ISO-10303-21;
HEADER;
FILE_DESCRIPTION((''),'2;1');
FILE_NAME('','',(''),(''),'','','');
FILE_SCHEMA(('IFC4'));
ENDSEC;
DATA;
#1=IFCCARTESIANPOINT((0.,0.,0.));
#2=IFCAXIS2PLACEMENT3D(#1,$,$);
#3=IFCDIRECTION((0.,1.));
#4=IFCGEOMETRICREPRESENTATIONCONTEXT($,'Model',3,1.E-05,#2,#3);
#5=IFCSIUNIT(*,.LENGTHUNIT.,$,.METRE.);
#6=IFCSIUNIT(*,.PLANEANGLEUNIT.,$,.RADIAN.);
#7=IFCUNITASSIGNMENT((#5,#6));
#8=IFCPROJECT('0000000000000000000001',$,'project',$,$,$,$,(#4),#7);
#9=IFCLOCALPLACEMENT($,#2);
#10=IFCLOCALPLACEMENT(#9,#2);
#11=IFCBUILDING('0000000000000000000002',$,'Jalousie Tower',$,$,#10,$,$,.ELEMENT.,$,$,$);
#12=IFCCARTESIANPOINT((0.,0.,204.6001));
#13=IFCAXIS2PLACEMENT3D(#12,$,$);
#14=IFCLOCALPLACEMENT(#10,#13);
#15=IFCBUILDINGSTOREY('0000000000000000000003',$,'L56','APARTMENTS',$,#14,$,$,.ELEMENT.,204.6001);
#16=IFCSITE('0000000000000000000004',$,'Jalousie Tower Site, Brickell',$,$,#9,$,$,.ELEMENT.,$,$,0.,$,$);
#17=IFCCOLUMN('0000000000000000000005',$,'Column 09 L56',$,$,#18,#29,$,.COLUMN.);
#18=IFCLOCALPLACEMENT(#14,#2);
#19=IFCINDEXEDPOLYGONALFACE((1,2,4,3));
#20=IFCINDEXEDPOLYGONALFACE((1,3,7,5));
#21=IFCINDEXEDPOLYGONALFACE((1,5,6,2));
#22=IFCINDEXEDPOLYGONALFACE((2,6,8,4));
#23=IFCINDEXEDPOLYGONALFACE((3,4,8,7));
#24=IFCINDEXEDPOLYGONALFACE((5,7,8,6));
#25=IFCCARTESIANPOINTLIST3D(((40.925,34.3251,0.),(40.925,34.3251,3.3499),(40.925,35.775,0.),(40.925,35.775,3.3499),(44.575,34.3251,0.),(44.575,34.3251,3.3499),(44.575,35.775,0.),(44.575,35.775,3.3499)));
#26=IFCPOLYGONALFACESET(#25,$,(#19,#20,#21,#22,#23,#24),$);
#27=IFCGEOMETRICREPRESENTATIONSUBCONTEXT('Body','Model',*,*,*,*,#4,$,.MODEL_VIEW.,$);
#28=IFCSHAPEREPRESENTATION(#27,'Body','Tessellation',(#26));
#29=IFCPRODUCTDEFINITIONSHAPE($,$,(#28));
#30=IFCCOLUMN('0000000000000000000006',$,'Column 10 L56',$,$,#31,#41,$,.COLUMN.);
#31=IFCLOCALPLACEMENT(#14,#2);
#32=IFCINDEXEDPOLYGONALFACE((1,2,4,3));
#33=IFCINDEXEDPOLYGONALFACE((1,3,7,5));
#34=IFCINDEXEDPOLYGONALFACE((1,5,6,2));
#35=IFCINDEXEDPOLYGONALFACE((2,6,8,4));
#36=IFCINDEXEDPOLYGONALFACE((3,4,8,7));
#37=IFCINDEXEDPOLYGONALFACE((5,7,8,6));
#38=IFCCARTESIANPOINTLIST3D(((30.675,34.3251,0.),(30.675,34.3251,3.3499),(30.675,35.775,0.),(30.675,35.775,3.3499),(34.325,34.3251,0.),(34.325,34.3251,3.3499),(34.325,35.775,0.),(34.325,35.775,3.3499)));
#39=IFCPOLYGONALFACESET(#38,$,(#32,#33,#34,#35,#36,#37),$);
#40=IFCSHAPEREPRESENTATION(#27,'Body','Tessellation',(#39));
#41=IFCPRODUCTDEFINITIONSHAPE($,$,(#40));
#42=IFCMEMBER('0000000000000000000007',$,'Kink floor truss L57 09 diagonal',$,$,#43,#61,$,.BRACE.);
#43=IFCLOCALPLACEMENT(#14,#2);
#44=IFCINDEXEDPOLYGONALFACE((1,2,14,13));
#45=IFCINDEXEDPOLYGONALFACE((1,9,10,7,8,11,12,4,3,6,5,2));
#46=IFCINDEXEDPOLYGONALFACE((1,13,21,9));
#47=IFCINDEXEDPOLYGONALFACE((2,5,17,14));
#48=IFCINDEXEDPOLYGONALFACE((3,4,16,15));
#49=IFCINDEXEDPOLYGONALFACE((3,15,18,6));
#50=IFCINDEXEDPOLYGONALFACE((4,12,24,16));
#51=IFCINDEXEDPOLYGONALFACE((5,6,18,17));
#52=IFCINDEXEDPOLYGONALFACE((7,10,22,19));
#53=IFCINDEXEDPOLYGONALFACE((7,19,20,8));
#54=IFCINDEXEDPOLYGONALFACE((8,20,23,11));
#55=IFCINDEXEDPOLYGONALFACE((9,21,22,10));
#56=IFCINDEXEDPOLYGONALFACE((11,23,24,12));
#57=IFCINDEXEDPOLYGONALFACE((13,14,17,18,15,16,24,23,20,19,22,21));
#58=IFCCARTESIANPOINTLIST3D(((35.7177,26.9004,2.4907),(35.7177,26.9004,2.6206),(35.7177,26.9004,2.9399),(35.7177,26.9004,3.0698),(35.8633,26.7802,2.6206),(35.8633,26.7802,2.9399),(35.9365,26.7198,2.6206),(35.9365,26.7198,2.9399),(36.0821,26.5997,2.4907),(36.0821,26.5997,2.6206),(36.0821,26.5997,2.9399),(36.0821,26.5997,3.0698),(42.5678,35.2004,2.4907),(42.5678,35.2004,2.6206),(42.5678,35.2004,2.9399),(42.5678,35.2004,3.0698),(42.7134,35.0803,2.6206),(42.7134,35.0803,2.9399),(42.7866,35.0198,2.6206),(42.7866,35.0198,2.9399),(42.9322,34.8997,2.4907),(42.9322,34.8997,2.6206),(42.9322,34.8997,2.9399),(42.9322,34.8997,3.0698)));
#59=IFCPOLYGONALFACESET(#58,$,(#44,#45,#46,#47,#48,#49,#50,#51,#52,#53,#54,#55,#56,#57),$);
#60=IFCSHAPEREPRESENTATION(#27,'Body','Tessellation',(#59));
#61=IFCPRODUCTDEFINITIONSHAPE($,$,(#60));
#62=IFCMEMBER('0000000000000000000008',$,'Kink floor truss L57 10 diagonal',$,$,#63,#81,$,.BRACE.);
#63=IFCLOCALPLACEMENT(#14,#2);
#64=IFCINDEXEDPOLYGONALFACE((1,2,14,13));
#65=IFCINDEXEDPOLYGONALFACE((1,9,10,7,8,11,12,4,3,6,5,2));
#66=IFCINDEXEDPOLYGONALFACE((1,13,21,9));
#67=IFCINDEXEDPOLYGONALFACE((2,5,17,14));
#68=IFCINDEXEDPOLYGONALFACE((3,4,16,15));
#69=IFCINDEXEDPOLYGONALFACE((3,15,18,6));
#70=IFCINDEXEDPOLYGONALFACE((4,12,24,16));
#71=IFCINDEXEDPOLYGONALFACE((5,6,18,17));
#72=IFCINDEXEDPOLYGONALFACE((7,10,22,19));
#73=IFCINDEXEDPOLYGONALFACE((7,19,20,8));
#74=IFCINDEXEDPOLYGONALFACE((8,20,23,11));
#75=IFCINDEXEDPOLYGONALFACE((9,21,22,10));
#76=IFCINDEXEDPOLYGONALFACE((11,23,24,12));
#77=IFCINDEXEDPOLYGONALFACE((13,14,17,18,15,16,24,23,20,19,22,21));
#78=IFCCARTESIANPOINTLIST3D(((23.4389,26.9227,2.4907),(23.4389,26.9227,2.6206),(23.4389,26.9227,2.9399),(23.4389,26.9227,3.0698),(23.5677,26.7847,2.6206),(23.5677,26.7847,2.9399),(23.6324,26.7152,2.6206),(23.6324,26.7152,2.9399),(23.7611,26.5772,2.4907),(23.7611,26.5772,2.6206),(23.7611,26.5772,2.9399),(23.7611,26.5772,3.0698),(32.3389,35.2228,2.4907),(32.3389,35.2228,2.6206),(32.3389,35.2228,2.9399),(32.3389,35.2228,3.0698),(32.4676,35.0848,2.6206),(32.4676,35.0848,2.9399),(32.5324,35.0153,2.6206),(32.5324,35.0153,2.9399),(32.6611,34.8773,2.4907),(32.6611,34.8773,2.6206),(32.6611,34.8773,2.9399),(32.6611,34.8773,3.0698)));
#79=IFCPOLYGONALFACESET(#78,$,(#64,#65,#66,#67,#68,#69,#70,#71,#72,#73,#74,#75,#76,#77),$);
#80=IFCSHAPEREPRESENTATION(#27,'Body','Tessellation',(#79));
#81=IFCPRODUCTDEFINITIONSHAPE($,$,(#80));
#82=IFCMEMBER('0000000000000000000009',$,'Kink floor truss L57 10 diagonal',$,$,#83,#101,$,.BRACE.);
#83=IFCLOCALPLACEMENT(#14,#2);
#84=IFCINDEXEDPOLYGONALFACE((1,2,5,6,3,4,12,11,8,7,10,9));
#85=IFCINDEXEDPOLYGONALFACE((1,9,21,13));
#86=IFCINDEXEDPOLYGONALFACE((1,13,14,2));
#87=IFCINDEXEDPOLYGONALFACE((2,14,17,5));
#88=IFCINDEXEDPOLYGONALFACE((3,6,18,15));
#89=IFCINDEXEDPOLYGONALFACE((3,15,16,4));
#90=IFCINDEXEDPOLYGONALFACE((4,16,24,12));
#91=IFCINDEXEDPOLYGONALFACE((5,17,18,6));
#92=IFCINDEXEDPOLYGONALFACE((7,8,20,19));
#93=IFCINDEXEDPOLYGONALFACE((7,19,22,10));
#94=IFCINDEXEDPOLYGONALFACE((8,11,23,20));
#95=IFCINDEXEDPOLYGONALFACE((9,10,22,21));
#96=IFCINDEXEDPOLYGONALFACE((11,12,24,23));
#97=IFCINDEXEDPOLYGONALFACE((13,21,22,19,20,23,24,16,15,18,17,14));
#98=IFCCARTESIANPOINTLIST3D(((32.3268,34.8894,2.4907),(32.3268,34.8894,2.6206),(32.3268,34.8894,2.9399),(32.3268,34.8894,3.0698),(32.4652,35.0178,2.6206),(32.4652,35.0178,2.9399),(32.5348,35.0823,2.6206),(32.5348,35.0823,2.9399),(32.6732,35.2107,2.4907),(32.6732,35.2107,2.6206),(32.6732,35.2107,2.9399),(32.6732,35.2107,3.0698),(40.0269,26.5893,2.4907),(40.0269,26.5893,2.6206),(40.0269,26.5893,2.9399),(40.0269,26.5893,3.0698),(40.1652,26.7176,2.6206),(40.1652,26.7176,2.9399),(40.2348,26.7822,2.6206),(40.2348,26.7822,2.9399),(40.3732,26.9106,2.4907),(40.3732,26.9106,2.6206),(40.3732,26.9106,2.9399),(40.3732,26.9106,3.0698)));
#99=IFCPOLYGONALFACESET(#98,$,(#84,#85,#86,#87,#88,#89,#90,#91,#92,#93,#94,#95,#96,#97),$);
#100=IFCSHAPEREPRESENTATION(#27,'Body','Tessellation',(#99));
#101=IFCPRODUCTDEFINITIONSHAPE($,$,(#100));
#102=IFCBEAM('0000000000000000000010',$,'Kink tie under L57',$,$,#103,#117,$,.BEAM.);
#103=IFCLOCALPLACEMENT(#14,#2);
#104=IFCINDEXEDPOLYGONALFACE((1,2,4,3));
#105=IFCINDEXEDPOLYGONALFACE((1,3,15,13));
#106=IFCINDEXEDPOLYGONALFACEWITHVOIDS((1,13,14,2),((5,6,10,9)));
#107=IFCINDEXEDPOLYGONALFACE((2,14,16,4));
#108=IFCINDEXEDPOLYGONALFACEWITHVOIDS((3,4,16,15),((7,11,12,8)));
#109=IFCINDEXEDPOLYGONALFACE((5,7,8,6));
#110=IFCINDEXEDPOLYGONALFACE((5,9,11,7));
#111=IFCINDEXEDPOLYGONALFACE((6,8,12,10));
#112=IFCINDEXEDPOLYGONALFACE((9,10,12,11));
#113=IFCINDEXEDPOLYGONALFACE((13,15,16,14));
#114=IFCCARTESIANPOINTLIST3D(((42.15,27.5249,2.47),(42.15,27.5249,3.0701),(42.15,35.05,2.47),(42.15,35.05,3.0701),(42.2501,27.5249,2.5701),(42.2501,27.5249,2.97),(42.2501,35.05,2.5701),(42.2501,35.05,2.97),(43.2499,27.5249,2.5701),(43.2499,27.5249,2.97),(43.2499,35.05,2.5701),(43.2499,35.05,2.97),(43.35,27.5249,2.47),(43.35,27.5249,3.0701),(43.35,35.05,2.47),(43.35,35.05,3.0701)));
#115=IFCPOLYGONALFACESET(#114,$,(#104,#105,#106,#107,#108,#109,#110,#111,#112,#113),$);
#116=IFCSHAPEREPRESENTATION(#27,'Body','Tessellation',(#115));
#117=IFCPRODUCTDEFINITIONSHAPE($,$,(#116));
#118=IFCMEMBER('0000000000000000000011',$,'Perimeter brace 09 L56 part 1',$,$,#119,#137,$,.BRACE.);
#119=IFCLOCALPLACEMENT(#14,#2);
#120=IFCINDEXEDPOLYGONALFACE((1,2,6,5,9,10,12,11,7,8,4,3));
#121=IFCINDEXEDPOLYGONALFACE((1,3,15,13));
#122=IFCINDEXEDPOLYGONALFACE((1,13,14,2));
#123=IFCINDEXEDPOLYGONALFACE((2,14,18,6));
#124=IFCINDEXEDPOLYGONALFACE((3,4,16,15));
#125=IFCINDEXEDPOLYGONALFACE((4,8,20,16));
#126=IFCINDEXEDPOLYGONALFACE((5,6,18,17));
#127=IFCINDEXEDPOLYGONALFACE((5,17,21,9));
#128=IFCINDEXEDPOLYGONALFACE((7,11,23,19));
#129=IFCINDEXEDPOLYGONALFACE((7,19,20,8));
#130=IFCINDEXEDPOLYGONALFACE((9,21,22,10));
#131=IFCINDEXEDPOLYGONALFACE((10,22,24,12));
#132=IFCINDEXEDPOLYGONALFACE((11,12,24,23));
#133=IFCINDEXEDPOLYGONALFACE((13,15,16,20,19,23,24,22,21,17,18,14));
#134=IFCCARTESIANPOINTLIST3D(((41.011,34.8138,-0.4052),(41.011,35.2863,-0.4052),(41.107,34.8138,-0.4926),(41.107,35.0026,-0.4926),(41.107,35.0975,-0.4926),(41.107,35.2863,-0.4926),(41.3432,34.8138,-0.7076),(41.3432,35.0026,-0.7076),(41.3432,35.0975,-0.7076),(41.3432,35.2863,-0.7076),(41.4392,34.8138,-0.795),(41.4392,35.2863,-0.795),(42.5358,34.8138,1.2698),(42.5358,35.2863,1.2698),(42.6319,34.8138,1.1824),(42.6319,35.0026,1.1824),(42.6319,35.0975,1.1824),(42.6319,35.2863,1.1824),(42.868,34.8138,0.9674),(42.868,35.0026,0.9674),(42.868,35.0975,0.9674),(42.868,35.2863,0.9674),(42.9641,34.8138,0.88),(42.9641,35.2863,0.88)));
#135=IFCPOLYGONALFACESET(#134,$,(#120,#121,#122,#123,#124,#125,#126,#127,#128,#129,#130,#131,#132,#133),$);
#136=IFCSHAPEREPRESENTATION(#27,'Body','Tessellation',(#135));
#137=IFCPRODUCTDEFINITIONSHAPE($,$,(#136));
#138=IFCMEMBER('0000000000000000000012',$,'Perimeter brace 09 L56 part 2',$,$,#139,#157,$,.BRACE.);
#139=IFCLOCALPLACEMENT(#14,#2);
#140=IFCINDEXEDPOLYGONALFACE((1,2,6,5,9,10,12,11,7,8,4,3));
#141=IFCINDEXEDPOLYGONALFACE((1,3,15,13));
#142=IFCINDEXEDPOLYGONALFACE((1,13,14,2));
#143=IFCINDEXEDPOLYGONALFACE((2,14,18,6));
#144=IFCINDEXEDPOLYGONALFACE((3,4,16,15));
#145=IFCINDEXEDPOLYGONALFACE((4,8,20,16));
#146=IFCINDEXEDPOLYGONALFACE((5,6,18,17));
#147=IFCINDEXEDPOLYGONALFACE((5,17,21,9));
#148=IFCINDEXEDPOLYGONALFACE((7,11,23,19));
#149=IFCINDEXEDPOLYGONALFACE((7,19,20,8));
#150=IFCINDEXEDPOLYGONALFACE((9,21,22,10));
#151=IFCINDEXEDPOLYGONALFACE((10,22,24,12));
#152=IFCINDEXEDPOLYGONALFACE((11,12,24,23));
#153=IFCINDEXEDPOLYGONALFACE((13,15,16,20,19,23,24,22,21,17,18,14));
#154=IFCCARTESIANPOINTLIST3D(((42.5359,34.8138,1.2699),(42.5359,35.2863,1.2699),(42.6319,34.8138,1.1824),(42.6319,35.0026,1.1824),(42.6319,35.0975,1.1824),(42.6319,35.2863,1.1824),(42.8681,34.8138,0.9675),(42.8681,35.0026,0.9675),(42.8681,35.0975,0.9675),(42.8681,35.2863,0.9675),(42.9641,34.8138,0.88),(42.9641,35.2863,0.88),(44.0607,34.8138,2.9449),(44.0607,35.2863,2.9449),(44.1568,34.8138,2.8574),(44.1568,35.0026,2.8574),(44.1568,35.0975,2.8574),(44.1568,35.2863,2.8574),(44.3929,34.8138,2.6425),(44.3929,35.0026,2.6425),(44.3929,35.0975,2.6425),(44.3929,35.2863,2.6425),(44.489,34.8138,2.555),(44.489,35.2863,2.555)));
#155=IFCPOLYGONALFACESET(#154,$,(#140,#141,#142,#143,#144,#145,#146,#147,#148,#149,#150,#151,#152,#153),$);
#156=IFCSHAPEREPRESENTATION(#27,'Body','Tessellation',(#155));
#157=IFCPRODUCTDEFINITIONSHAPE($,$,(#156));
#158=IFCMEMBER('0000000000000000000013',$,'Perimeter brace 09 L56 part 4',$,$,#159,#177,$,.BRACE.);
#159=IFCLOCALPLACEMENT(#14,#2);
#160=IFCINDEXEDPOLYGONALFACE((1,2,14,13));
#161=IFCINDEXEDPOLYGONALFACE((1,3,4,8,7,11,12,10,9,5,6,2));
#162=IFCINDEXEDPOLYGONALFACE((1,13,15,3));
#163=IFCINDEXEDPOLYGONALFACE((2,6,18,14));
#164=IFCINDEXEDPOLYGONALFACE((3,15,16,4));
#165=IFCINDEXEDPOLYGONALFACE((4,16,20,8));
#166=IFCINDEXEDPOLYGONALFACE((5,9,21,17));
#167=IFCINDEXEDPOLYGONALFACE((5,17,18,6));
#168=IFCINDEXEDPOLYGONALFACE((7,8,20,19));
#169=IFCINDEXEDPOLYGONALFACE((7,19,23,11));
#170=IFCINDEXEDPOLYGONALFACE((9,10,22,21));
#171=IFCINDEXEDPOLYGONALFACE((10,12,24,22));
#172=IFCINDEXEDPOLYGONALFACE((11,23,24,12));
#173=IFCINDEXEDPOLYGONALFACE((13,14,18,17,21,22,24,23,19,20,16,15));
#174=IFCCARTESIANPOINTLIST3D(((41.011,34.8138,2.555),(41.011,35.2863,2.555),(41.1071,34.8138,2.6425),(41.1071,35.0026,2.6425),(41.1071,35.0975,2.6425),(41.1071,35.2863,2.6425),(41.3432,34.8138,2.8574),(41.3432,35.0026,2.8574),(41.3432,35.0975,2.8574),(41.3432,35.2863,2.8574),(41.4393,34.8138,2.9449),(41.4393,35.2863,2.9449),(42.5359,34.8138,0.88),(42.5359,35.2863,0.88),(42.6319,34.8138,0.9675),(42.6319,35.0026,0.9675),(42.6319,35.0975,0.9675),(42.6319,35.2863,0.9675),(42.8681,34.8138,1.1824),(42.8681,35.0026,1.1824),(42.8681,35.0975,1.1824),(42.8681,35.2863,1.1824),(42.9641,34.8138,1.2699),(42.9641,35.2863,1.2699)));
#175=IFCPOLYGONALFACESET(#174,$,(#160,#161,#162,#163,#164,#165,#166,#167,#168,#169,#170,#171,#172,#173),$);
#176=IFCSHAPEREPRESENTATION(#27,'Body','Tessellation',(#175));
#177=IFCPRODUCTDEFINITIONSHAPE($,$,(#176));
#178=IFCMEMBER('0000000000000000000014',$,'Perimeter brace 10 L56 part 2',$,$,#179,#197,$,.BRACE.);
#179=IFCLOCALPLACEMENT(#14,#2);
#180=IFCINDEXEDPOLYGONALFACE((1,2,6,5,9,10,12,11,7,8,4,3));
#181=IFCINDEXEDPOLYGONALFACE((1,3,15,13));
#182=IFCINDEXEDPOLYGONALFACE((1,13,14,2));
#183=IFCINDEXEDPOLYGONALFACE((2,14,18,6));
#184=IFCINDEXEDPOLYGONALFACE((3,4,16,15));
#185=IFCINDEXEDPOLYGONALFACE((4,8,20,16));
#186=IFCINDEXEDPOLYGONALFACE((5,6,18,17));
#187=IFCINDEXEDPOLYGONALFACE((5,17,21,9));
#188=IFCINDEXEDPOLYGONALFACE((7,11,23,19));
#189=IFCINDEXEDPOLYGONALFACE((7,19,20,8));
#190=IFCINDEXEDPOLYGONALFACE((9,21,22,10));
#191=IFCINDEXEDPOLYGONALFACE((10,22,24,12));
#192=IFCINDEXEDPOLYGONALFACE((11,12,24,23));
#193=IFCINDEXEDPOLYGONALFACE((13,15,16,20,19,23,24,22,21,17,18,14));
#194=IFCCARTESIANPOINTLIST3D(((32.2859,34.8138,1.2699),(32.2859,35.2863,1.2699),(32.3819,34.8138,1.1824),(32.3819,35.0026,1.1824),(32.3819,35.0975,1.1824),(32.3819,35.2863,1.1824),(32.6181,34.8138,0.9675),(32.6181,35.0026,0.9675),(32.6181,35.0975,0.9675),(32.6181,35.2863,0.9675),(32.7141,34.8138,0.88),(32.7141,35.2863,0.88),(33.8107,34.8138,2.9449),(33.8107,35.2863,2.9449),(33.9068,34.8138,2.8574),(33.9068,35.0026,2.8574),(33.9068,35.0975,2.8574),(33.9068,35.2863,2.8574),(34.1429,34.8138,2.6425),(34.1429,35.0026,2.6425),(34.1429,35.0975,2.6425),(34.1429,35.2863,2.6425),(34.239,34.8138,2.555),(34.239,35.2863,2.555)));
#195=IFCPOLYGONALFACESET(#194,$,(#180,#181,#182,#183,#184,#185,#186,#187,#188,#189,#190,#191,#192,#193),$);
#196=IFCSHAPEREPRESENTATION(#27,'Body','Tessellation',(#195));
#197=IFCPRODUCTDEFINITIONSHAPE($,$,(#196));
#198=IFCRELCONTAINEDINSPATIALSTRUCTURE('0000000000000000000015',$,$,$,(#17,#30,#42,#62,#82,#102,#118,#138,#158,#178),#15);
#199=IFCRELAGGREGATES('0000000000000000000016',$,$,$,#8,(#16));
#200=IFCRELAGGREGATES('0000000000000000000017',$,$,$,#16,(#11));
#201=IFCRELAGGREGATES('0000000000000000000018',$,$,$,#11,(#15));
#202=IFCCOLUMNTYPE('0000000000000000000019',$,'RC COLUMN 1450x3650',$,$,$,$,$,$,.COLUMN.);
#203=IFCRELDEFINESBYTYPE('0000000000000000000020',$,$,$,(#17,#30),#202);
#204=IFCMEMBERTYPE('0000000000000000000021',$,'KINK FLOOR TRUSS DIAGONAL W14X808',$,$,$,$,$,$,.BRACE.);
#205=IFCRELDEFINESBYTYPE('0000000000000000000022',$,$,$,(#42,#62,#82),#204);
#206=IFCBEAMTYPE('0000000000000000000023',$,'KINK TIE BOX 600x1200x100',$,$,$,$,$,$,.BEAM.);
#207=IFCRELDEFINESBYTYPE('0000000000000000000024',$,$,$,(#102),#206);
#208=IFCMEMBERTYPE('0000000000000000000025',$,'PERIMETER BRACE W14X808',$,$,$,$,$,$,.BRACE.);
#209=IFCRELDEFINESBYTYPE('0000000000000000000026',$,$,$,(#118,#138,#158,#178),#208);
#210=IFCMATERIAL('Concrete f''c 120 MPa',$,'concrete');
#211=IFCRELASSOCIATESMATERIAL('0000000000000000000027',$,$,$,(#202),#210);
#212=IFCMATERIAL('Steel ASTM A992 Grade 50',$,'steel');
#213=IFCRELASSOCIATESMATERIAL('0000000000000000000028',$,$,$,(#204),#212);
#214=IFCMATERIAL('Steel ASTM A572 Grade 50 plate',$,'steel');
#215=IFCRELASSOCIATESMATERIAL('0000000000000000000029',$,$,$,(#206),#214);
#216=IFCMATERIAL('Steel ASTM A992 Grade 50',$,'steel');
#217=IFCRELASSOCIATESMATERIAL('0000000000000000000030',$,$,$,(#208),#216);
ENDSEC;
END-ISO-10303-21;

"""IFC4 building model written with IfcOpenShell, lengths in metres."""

from ifc_helpers import new_model, si_unit, direction, frame, origin, origin_2d, place, context, subcontext, project, spatial, rectangle, hollow_rectangle, i_section, extrude, material, material_profile, profile_set, type_object, element, save


model = new_model("IFC4")

# Units and contexts
model_context = context("Model", 3, precision=1e-05, world=origin(), true_north=direction((0.0, 1.0)))
body_context = subcontext(model_context, "Body", "Model", "MODEL_VIEW")
ifc_project = project(units=[si_unit("LENGTHUNIT", "METRE"), si_unit("PLANEANGLEUNIT", "RADIAN")], contexts=[model_context])

# Site, building, storey
site_placement = place(None, origin())
site = spatial("IfcSite", under=ifc_project, at=site_placement, Name="Jalousie Tower Site, Brickell", CompositionType="ELEMENT", RefElevation=0.0)
building_placement = place(site_placement, origin())
building = spatial("IfcBuilding", under=site, at=building_placement, Name="Jalousie Tower", CompositionType="ELEMENT")
storey_placement = place(building_placement, frame((0.0, 0.0, 204.6001)))
storey = spatial("IfcBuildingStorey", under=building, at=storey_placement, Name="L56", Description="APARTMENTS", CompositionType="ELEMENT", Elevation=204.6001)

# Columns
ifc_material_1 = material(Name="Concrete f'c 120 MPa", Category="concrete")
ifc_material_profile_1 = material_profile(ifc_material_1, rectangle(XDim=1.45, YDim=3.6499, at=origin_2d()), Name="RC 1450x3650")
ifc_profile_set_1 = profile_set([ifc_material_profile_1], Name="Concrete f'c 120 MPa")
column_type = type_object("IfcColumnType", Name="RC COLUMN 1450x3650", PredefinedType="COLUMN", material=ifc_profile_set_1)
for number, where, z_axis, x_axis, name in (
    (1, (42.75, 35.05, 0.0), (0.0, 0.0, 1.0), (0.0, 1.0, 0.0), "Column 09 L56"),
    (2, (32.5, 35.05, 0.0), (0.0, 0.0, 1.0), (0.0, 1.0, 0.0), "Column 10 L56"),
):
    element("IfcColumn", number, at=place(storey_placement, frame(where, z_axis=z_axis, x_axis=x_axis)), inside=storey, type_object=column_type, Name=name, PredefinedType="COLUMN", context=body_context, shape_type="SweptSolid", body=[
        extrude(rectangle(XDim=1.45, YDim=3.6499, at=origin_2d()), origin(), (0.0, 0.0, 1.0), 3.3499),
    ])

# Members
ifc_material_2 = material(Name="Steel ASTM A992 Grade 50", Category="steel")
ifc_material_profile_2 = material_profile(ifc_material_2, i_section(OverallWidth=0.4724, OverallDepth=0.5791, WebThickness=0.095, FlangeThickness=0.1299, at=origin_2d()), Name="W14X808")
ifc_profile_set_2 = profile_set([ifc_material_profile_2], Name="Steel ASTM A992 Grade 50")
member_type_1 = type_object("IfcMemberType", Name="KINK FLOOR TRUSS DIAGONAL W14X808", PredefinedType="BRACE", material=ifc_profile_set_2)
member_1_placement = place(storey_placement, frame((42.75, 35.05, 2.7803), z_axis=(-0.636524, -0.771257, 0.0), x_axis=(0.771257, -0.636524, 0.0)))
element("IfcMember", 3, at=member_1_placement, inside=storey, type_object=member_type_1, Name="Kink floor truss L57 09 diagonal", PredefinedType="BRACE", context=body_context, shape_type="SweptSolid", body=[
    extrude(i_section(OverallWidth=0.4724, OverallDepth=0.5791, WebThickness=0.095, FlangeThickness=0.1299, at=origin_2d()), origin(), (0.0, 0.0, 1.0), 10.7617),
])
member_2_placement = place(storey_placement, frame((32.5, 35.05, 2.7803), z_axis=(-0.731323, -0.682032, 0.0), x_axis=(0.682032, -0.731323, 0.0)))
element("IfcMember", 4, at=member_2_placement, inside=storey, type_object=member_type_1, Name="Kink floor truss L57 10 diagonal", PredefinedType="BRACE", context=body_context, shape_type="SweptSolid", body=[
    extrude(i_section(OverallWidth=0.4724, OverallDepth=0.5791, WebThickness=0.095, FlangeThickness=0.1299, at=origin_2d()), origin(), (0.0, 0.0, 1.0), 12.1697),
])
member_3_placement = place(storey_placement, frame((32.5, 35.05, 2.7803), z_axis=(0.680108, -0.733112, 0.0), x_axis=(0.733112, 0.680108, 0.0)))
element("IfcMember", 5, at=member_3_placement, inside=storey, type_object=member_type_1, Name="Kink floor truss L57 10 diagonal", PredefinedType="BRACE", context=body_context, shape_type="SweptSolid", body=[
    extrude(i_section(OverallWidth=0.4724, OverallDepth=0.5791, WebThickness=0.095, FlangeThickness=0.1299, at=origin_2d()), origin(), (0.0, 0.0, 1.0), 11.3218),
])

# Beam
ifc_material_3 = material(Name="Steel ASTM A572 Grade 50 plate", Category="steel")
ifc_material_profile_3 = material_profile(ifc_material_3, hollow_rectangle(XDim=1.2, YDim=0.6001, WallThickness=0.1001, at=origin_2d()), Name="BOX 600x1200x100")
ifc_profile_set_3 = profile_set([ifc_material_profile_3], Name="Steel ASTM A572 Grade 50 plate")
beam_type = type_object("IfcBeamType", Name="KINK TIE BOX 600x1200x100", PredefinedType="BEAM", material=ifc_profile_set_3)
beam_placement = place(storey_placement, frame((42.75, 35.05, 2.77), z_axis=(0.0, -1.0, 0.0), x_axis=(1.0, 0.0, 0.0)))
element("IfcBeam", 6, at=beam_placement, inside=storey, type_object=beam_type, Name="Kink tie under L57", PredefinedType="BEAM", context=body_context, shape_type="SweptSolid", body=[
    extrude(hollow_rectangle(XDim=1.2, YDim=0.6001, WallThickness=0.1001, at=origin_2d()), origin(), (0.0, 0.0, 1.0), 7.5251),
])

# Members
ifc_material_4 = material(Name="Steel ASTM A992 Grade 50", Category="steel")
ifc_material_profile_4 = material_profile(ifc_material_4, i_section(OverallWidth=0.4724, OverallDepth=0.5791, WebThickness=0.095, FlangeThickness=0.1299, at=origin_2d()), Name="W14X808")
ifc_profile_set_4 = profile_set([ifc_material_profile_4], Name="Steel ASTM A992 Grade 50")
member_type_2 = type_object("IfcMemberType", Name="PERIMETER BRACE W14X808", PredefinedType="BRACE", material=ifc_profile_set_4)
for number, where, z_axis, x_axis, name in (
    (7, (41.2251, 35.05, -0.6001), (0.673188, 0.0, 0.739472), (0.0, 1.0, 0.0), "Perimeter brace 09 L56 part 1"),
    (8, (42.75, 35.05, 1.075), (0.673188, 0.0, 0.739472), (0.0, 1.0, 0.0), "Perimeter brace 09 L56 part 2"),
    (9, (42.75, 35.05, 1.075), (-0.673188, 0.0, 0.739472), (0.0, -1.0, 0.0), "Perimeter brace 09 L56 part 4"),
    (10, (32.5, 35.05, 1.075), (0.673188, 0.0, 0.739472), (0.0, 1.0, 0.0), "Perimeter brace 10 L56 part 2"),
):
    element("IfcMember", number, at=place(storey_placement, frame(where, z_axis=z_axis, x_axis=x_axis)), inside=storey, type_object=member_type_2, Name=name, PredefinedType="BRACE", context=body_context, shape_type="SweptSolid", body=[
        extrude(i_section(OverallWidth=0.4724, OverallDepth=0.5791, WebThickness=0.095, FlangeThickness=0.1299, at=origin_2d()), origin(), (0.0, 0.0, 1.0), 2.2651),
    ])

save(model, "model.ifc")
